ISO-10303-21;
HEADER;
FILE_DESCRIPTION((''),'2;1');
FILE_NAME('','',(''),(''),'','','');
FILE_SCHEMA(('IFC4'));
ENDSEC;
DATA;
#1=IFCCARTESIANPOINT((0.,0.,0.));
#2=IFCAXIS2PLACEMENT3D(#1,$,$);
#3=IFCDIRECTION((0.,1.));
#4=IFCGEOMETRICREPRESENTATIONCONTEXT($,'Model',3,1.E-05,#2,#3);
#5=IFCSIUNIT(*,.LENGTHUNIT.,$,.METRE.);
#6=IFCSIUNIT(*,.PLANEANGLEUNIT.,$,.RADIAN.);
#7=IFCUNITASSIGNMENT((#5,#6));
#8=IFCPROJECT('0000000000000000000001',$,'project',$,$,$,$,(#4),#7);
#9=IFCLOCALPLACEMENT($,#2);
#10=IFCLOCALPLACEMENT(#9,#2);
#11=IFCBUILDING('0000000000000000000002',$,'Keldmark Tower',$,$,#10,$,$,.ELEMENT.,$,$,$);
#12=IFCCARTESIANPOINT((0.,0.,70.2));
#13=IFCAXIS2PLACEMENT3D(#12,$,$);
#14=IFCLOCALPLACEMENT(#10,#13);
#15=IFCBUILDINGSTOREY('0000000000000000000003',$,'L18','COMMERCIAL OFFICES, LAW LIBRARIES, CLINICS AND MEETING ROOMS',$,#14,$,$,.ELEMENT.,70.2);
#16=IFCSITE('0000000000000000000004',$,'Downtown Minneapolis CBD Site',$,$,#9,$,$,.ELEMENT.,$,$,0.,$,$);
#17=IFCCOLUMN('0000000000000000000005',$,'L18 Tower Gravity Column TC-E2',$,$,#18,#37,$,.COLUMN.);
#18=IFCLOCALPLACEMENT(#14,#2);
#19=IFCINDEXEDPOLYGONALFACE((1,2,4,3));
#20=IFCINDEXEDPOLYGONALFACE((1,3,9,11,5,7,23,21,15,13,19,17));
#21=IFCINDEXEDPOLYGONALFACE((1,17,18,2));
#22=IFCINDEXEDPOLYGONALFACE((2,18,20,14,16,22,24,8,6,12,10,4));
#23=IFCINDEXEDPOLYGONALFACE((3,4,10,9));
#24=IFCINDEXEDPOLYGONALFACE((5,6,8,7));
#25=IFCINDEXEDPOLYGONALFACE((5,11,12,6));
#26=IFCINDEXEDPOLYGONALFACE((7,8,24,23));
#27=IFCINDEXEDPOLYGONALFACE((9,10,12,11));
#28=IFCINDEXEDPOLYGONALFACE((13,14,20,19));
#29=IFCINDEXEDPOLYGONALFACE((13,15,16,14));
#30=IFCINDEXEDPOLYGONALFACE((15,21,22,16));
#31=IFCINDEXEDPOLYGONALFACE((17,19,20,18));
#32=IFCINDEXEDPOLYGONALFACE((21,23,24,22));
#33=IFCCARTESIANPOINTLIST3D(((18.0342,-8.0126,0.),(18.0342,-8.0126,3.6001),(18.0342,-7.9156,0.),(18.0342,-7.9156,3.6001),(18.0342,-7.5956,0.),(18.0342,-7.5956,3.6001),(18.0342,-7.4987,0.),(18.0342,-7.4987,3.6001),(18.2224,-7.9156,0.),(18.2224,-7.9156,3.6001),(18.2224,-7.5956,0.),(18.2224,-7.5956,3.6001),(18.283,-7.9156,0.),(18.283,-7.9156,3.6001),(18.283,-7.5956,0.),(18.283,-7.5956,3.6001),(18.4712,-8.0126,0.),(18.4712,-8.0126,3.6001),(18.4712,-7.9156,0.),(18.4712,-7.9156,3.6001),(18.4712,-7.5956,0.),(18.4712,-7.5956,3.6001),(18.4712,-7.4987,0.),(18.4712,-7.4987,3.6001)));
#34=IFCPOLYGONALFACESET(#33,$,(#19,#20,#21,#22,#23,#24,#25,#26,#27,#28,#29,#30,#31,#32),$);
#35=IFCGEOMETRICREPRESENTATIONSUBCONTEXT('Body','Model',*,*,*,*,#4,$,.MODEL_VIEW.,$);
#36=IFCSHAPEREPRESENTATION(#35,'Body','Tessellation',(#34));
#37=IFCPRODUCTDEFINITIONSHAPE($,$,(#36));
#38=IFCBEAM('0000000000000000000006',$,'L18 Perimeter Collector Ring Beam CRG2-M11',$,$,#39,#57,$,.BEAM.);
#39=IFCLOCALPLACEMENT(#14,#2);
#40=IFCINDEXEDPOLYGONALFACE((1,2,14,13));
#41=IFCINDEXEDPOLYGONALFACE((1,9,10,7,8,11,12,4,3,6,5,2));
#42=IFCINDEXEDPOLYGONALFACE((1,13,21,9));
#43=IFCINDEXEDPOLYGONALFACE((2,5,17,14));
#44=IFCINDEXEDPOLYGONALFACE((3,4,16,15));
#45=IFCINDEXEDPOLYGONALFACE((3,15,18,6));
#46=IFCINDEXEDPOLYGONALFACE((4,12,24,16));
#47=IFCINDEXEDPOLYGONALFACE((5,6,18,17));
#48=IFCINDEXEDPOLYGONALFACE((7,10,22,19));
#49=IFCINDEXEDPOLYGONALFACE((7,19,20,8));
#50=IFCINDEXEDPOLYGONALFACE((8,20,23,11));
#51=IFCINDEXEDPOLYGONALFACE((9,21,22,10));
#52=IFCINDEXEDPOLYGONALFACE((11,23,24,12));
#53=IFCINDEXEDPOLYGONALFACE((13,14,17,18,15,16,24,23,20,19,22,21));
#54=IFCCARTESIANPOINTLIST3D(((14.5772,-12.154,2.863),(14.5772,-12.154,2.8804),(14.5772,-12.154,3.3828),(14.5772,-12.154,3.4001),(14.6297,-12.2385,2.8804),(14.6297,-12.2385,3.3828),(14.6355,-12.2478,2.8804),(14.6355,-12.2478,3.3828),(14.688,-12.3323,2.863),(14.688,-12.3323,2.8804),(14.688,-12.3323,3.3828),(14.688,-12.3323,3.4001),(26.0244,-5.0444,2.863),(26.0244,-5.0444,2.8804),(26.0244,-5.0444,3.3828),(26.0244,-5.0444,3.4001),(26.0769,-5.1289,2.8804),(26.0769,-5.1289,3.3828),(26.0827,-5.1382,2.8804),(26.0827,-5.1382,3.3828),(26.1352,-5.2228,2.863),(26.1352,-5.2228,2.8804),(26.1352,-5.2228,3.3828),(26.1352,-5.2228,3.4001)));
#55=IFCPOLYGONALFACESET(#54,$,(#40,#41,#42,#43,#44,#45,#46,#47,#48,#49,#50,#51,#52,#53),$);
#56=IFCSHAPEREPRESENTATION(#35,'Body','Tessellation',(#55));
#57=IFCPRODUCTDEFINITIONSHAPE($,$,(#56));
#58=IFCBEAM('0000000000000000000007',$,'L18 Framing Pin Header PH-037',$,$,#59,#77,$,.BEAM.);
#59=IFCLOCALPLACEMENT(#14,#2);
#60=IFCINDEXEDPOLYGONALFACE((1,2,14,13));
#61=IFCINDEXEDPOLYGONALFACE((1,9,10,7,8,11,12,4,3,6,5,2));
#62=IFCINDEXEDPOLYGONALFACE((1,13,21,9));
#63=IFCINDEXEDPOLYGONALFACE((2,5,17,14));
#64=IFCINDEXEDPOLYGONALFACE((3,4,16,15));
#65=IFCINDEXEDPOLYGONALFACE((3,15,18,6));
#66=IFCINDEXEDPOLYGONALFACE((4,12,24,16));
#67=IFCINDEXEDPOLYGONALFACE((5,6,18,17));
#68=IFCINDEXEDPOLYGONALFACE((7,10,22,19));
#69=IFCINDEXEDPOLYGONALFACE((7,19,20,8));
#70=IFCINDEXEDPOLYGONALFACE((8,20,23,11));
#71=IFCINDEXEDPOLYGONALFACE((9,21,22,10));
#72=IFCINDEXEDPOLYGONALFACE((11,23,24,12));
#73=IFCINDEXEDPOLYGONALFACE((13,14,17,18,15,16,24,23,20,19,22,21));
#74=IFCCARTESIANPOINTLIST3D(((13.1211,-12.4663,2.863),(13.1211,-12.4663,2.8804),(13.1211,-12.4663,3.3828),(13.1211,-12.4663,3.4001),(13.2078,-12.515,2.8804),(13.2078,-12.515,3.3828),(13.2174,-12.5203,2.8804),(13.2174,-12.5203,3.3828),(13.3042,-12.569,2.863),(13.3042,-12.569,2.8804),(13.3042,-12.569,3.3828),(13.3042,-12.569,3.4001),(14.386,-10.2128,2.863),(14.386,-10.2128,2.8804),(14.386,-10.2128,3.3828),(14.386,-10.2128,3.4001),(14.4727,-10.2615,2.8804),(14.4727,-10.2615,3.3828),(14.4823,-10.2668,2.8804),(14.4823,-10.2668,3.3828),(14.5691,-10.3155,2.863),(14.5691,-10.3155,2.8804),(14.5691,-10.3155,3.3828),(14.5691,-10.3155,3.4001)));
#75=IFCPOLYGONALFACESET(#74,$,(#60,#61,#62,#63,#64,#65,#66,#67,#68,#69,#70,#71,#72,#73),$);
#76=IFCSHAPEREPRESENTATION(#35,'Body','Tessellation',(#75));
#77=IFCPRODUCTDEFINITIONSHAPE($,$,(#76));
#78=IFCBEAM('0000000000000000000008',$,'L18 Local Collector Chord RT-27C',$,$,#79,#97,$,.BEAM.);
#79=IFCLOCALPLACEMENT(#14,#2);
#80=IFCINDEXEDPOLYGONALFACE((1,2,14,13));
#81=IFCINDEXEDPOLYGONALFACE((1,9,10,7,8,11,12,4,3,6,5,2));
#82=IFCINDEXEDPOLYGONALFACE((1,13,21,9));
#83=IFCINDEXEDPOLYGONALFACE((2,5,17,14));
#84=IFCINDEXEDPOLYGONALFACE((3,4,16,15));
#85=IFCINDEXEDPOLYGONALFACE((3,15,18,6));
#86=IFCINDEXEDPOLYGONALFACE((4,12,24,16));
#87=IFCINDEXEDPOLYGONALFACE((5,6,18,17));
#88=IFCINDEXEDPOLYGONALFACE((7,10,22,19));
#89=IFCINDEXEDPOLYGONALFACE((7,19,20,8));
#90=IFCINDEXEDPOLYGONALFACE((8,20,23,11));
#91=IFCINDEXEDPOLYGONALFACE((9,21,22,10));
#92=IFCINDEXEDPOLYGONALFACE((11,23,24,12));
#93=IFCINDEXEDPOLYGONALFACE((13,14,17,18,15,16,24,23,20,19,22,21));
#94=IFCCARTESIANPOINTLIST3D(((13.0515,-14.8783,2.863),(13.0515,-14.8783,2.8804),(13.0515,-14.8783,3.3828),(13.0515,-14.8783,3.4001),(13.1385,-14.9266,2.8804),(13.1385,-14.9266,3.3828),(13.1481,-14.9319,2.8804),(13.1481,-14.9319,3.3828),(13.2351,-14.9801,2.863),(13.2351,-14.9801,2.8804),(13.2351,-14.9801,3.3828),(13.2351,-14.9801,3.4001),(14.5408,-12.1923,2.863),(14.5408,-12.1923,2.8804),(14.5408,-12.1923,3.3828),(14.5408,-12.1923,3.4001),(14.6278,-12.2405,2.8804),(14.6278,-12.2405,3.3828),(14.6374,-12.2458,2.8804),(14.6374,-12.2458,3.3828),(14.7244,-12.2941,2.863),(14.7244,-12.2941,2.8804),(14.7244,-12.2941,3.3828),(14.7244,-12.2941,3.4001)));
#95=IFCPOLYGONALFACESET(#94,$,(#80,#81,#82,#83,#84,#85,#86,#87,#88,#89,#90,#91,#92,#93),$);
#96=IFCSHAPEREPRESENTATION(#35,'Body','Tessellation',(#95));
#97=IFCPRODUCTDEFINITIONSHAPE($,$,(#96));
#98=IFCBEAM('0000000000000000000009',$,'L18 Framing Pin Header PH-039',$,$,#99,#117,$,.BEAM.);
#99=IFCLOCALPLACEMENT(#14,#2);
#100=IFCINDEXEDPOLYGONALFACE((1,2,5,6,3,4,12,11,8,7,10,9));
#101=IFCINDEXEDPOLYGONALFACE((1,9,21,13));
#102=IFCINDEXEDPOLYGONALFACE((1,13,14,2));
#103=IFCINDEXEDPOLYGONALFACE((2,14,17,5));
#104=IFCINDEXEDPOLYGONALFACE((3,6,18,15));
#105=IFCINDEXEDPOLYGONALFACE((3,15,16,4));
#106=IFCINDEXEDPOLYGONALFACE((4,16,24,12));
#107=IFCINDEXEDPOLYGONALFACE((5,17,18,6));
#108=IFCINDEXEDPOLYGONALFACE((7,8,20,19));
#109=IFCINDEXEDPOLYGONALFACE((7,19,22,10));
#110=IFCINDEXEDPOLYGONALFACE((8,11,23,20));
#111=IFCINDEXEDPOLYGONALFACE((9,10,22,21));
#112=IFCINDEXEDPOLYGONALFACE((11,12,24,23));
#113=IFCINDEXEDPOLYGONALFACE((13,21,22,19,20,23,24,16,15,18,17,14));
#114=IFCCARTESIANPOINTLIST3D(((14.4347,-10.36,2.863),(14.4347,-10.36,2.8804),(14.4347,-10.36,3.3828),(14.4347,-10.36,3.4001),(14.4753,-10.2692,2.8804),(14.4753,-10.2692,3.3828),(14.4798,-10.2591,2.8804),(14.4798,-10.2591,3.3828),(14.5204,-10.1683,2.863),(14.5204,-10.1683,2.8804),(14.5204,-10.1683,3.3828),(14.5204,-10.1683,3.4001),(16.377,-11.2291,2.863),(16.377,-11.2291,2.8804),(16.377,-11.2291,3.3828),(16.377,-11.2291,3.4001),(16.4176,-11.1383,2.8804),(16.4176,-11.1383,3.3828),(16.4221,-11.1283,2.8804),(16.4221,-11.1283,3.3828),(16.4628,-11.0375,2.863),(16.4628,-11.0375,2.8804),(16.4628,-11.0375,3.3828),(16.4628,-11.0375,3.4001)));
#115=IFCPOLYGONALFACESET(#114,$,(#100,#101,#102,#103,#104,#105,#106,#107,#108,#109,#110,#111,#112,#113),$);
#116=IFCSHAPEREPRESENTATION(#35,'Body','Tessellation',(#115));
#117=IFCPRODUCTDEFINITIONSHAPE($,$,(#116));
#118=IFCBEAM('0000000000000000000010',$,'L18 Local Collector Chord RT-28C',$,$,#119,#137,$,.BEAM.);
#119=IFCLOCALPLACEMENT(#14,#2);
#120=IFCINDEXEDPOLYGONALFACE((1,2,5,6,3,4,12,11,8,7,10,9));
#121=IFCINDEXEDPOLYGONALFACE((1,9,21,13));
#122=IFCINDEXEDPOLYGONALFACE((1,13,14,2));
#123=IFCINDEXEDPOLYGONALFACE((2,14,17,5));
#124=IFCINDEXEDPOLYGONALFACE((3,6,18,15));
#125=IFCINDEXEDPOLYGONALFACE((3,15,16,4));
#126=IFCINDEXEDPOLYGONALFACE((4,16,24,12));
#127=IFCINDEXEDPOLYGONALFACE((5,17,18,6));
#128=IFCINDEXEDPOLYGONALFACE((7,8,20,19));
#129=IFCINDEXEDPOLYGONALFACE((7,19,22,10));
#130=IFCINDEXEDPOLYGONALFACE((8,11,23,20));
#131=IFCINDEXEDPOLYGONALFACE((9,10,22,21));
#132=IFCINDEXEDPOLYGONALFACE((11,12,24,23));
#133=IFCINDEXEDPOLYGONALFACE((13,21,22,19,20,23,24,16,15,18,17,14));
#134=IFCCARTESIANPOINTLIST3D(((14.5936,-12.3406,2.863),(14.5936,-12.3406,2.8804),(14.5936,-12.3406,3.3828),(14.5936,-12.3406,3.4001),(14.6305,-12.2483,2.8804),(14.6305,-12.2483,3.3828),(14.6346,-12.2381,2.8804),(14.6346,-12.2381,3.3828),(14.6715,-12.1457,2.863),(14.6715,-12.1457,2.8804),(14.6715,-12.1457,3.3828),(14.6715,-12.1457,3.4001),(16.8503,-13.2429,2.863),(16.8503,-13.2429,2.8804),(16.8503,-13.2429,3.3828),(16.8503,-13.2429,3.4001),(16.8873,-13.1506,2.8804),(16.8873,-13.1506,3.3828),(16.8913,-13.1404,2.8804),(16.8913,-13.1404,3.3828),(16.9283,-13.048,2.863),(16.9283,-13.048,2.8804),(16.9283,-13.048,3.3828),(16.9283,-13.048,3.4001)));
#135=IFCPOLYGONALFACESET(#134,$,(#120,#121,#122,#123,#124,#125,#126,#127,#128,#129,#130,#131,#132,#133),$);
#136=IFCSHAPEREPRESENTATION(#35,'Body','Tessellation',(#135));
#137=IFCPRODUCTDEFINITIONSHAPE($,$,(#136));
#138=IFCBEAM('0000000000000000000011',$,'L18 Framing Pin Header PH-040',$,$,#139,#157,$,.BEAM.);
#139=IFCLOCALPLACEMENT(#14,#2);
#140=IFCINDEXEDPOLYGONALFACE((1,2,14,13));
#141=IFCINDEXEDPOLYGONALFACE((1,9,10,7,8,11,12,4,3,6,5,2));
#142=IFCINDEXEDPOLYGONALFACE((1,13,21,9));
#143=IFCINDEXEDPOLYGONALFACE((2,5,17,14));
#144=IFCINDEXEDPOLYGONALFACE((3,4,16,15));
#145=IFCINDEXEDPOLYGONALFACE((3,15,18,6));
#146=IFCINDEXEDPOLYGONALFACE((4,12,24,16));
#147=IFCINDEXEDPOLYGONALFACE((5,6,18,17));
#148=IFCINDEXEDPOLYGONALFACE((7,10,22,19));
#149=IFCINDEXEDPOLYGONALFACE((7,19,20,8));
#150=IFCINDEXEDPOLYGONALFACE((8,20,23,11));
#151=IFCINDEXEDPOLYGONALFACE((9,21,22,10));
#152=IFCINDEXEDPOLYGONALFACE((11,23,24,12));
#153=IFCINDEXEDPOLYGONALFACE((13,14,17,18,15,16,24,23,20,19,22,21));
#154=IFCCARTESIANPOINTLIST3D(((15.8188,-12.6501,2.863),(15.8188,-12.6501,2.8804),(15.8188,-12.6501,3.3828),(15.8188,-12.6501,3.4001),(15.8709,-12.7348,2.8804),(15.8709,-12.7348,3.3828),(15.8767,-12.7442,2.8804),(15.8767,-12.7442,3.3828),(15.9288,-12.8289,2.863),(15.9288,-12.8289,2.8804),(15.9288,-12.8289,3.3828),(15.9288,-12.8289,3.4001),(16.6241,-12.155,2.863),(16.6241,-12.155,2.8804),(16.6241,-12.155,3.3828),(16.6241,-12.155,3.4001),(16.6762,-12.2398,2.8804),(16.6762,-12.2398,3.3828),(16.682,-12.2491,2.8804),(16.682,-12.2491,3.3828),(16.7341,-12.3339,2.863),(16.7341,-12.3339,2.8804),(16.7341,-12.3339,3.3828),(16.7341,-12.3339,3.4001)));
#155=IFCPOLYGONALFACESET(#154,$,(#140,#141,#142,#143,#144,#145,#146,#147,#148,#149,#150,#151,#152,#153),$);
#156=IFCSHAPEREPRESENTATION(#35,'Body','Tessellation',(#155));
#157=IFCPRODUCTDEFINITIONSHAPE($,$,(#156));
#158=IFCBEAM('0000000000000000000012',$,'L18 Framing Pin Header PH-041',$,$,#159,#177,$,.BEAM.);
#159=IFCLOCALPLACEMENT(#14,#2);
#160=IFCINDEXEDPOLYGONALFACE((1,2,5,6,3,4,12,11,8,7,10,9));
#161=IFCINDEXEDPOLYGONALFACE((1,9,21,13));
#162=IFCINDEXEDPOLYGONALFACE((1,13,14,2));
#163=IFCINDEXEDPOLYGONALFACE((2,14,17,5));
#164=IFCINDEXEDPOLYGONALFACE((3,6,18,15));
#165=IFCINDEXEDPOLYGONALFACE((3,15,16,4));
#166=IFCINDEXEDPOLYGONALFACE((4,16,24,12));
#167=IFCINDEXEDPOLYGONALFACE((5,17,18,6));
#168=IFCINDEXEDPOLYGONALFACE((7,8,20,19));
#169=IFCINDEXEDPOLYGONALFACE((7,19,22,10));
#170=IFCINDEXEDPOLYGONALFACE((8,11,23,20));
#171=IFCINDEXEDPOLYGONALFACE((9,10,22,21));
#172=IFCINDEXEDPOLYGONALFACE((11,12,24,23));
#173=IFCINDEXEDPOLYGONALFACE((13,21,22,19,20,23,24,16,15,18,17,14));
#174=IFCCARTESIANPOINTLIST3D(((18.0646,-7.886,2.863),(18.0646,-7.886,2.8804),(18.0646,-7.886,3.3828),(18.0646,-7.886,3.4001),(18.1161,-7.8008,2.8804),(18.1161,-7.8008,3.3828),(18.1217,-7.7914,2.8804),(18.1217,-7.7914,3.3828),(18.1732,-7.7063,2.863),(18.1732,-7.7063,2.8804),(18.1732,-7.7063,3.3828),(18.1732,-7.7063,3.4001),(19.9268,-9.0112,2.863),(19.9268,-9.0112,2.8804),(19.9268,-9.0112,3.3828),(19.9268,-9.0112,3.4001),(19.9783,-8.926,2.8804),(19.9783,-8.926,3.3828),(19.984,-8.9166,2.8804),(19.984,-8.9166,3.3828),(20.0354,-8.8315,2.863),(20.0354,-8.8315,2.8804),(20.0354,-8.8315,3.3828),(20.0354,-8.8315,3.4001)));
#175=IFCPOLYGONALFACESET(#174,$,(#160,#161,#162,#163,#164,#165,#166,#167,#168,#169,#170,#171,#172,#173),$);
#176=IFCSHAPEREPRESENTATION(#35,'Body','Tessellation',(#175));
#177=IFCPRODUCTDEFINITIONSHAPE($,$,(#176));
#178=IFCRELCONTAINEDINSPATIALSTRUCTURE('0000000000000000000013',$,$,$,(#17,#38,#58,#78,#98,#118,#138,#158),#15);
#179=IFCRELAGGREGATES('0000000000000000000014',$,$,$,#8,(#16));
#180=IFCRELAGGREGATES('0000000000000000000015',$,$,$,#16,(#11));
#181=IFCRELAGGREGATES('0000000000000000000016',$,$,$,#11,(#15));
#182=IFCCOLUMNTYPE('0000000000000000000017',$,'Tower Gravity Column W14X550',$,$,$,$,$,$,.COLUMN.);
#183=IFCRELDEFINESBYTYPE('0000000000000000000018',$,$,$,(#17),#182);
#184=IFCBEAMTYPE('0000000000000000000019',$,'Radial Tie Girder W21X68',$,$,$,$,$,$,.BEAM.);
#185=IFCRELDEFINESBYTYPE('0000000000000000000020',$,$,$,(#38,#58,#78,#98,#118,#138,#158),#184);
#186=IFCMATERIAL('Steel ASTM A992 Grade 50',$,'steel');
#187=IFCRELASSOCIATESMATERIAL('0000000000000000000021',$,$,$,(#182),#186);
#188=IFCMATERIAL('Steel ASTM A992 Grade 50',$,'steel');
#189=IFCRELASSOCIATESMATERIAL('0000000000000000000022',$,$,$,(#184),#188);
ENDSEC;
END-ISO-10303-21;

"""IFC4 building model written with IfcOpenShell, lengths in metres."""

from ifc_helpers import new_model, si_unit, direction, frame, origin, origin_2d, place, context, subcontext, project, spatial, i_section, extrude, material, material_profile, profile_set, type_object, element, save


model = new_model("IFC4")

# Units and contexts
model_context = context("Model", 3, precision=1e-05, world=origin(), true_north=direction((0.0, 1.0)))
body_context = subcontext(model_context, "Body", "Model", "MODEL_VIEW")
ifc_project = project(units=[si_unit("LENGTHUNIT", "METRE"), si_unit("PLANEANGLEUNIT", "RADIAN")], contexts=[model_context])

# Site, building, storey
site_placement = place(None, origin())
site = spatial("IfcSite", under=ifc_project, at=site_placement, Name="Downtown Minneapolis CBD Site", CompositionType="ELEMENT", RefElevation=0.0)
building_placement = place(site_placement, origin())
building = spatial("IfcBuilding", under=site, at=building_placement, Name="Keldmark Tower", CompositionType="ELEMENT")
storey_placement = place(building_placement, frame((0.0, 0.0, 70.2)))
storey = spatial("IfcBuildingStorey", under=building, at=storey_placement, Name="L18", Description="COMMERCIAL OFFICES, LAW LIBRARIES, CLINICS AND MEETING ROOMS", CompositionType="ELEMENT", Elevation=70.2)

# Column
ifc_material_1 = material(Name="Steel ASTM A992 Grade 50", Category="steel")
ifc_material_profile_1 = material_profile(ifc_material_1, i_section(OverallWidth=0.437, OverallDepth=0.5139, WebThickness=0.0605, FlangeThickness=0.0969, at=origin_2d()), Name="W14X550")
ifc_profile_set_1 = profile_set([ifc_material_profile_1], Name="Steel ASTM A992 Grade 50")
column_type = type_object("IfcColumnType", Name="Tower Gravity Column W14X550", PredefinedType="COLUMN", material=ifc_profile_set_1)
column_placement = place(storey_placement, frame((18.2527, -7.7556, 0.0), z_axis=(0.0, 0.0, 1.0), x_axis=(1.0, 0.0, 0.0)))
element("IfcColumn", 1, at=column_placement, inside=storey, type_object=column_type, Name="L18 Tower Gravity Column TC-E2", PredefinedType="COLUMN", context=body_context, shape_type="SweptSolid", body=[
    extrude(i_section(OverallWidth=0.437, OverallDepth=0.5139, WebThickness=0.0605, FlangeThickness=0.0969, at=origin_2d()), origin(), (0.0, 0.0, 1.0), 3.6001),
])

# Beams
ifc_material_2 = material(Name="Steel ASTM A992 Grade 50", Category="steel")
ifc_material_profile_2 = material_profile(ifc_material_2, i_section(OverallWidth=0.21, OverallDepth=0.5371, WebThickness=0.011, FlangeThickness=0.0173, at=origin_2d()), Name="W21X68")
ifc_profile_set_2 = profile_set([ifc_material_profile_2], Name="Steel ASTM A992 Grade 50")
beam_type_1 = type_object("IfcBeamType", Name="Radial Tie Girder W21X68", PredefinedType="BEAM", material=ifc_profile_set_2)
beam_1_placement = place(storey_placement, frame((14.6326, -12.2432, 3.1316), z_axis=(0.849493, 0.5276, 0.0), x_axis=(-0.5276, 0.849493, 0.0)))
element("IfcBeam", 2, at=beam_1_placement, inside=storey, type_object=beam_type_1, Name="L18 Perimeter Collector Ring Beam CRG2-M11", PredefinedType="BEAM", context=body_context, shape_type="SweptSolid", body=[
    extrude(i_section(OverallWidth=0.21, OverallDepth=0.5371, WebThickness=0.011, FlangeThickness=0.0173, at=origin_2d()), origin(), (0.0, 0.0, 1.0), 13.4753),
])
beam_2_placement = place(storey_placement, frame((14.4775, -10.2642, 3.1316), z_axis=(-0.489481, -0.872014, 0.0), x_axis=(0.872014, -0.489481, 0.0)))
element("IfcBeam", 3, at=beam_2_placement, inside=storey, type_object=beam_type_1, Name="L18 Framing Pin Header PH-037", PredefinedType="BEAM", context=body_context, shape_type="SweptSolid", body=[
    extrude(i_section(OverallWidth=0.21, OverallDepth=0.5371, WebThickness=0.011, FlangeThickness=0.0173, at=origin_2d()), origin(), (0.0, 0.0, 1.0), 2.5842),
])
beam_3_placement = place(storey_placement, frame((14.6326, -12.2432, 3.1316), z_axis=(-0.4849, -0.874569, 0.0), x_axis=(0.874569, -0.4849, 0.0)))
element("IfcBeam", 4, at=beam_3_placement, inside=storey, type_object=beam_type_1, Name="L18 Local Collector Chord RT-27C", PredefinedType="BEAM", context=body_context, shape_type="SweptSolid", body=[
    extrude(i_section(OverallWidth=0.21, OverallDepth=0.5371, WebThickness=0.011, FlangeThickness=0.0173, at=origin_2d()), origin(), (0.0, 0.0, 1.0), 3.0713),
])
beam_4_placement = place(storey_placement, frame((14.4775, -10.2642, 3.1316), z_axis=(0.912787, -0.408436, 0.0), x_axis=(0.408436, 0.912787, 0.0)))
element("IfcBeam", 5, at=beam_4_placement, inside=storey, type_object=beam_type_1, Name="L18 Framing Pin Header PH-039", PredefinedType="BEAM", context=body_context, shape_type="SweptSolid", body=[
    extrude(i_section(OverallWidth=0.21, OverallDepth=0.5371, WebThickness=0.011, FlangeThickness=0.0173, at=origin_2d()), origin(), (0.0, 0.0, 1.0), 2.1279),
])
beam_5_placement = place(storey_placement, frame((14.6326, -12.2432, 3.1316), z_axis=(0.928532, -0.371252, 0.0), x_axis=(0.371252, 0.928532, 0.0)))
element("IfcBeam", 6, at=beam_5_placement, inside=storey, type_object=beam_type_1, Name="L18 Local Collector Chord RT-28C", PredefinedType="BEAM", context=body_context, shape_type="SweptSolid", body=[
    extrude(i_section(OverallWidth=0.21, OverallDepth=0.5371, WebThickness=0.011, FlangeThickness=0.0173, at=origin_2d()), origin(), (0.0, 0.0, 1.0), 2.4304),
])
beam_6_placement = place(storey_placement, frame((15.8738, -12.7395, 3.1316), z_axis=(0.851906, 0.523694, 0.0), x_axis=(-0.523694, 0.851906, 0.0)))
element("IfcBeam", 7, at=beam_6_placement, inside=storey, type_object=beam_type_1, Name="L18 Framing Pin Header PH-040", PredefinedType="BEAM", context=body_context, shape_type="SweptSolid", body=[
    extrude(i_section(OverallWidth=0.21, OverallDepth=0.5371, WebThickness=0.011, FlangeThickness=0.0173, at=origin_2d()), origin(), (0.0, 0.0, 1.0), 0.9453),
])
beam_7_placement = place(storey_placement, frame((18.1189, -7.7961, 3.1316), z_axis=(0.855895, -0.51715, 0.0), x_axis=(0.51715, 0.855895, 0.0)))
element("IfcBeam", 8, at=beam_7_placement, inside=storey, type_object=beam_type_1, Name="L18 Framing Pin Header PH-041", PredefinedType="BEAM", context=body_context, shape_type="SweptSolid", body=[
    extrude(i_section(OverallWidth=0.21, OverallDepth=0.5371, WebThickness=0.011, FlangeThickness=0.0173, at=origin_2d()), origin(), (0.0, 0.0, 1.0), 2.1758),
])

save(model, "model.ifc")
